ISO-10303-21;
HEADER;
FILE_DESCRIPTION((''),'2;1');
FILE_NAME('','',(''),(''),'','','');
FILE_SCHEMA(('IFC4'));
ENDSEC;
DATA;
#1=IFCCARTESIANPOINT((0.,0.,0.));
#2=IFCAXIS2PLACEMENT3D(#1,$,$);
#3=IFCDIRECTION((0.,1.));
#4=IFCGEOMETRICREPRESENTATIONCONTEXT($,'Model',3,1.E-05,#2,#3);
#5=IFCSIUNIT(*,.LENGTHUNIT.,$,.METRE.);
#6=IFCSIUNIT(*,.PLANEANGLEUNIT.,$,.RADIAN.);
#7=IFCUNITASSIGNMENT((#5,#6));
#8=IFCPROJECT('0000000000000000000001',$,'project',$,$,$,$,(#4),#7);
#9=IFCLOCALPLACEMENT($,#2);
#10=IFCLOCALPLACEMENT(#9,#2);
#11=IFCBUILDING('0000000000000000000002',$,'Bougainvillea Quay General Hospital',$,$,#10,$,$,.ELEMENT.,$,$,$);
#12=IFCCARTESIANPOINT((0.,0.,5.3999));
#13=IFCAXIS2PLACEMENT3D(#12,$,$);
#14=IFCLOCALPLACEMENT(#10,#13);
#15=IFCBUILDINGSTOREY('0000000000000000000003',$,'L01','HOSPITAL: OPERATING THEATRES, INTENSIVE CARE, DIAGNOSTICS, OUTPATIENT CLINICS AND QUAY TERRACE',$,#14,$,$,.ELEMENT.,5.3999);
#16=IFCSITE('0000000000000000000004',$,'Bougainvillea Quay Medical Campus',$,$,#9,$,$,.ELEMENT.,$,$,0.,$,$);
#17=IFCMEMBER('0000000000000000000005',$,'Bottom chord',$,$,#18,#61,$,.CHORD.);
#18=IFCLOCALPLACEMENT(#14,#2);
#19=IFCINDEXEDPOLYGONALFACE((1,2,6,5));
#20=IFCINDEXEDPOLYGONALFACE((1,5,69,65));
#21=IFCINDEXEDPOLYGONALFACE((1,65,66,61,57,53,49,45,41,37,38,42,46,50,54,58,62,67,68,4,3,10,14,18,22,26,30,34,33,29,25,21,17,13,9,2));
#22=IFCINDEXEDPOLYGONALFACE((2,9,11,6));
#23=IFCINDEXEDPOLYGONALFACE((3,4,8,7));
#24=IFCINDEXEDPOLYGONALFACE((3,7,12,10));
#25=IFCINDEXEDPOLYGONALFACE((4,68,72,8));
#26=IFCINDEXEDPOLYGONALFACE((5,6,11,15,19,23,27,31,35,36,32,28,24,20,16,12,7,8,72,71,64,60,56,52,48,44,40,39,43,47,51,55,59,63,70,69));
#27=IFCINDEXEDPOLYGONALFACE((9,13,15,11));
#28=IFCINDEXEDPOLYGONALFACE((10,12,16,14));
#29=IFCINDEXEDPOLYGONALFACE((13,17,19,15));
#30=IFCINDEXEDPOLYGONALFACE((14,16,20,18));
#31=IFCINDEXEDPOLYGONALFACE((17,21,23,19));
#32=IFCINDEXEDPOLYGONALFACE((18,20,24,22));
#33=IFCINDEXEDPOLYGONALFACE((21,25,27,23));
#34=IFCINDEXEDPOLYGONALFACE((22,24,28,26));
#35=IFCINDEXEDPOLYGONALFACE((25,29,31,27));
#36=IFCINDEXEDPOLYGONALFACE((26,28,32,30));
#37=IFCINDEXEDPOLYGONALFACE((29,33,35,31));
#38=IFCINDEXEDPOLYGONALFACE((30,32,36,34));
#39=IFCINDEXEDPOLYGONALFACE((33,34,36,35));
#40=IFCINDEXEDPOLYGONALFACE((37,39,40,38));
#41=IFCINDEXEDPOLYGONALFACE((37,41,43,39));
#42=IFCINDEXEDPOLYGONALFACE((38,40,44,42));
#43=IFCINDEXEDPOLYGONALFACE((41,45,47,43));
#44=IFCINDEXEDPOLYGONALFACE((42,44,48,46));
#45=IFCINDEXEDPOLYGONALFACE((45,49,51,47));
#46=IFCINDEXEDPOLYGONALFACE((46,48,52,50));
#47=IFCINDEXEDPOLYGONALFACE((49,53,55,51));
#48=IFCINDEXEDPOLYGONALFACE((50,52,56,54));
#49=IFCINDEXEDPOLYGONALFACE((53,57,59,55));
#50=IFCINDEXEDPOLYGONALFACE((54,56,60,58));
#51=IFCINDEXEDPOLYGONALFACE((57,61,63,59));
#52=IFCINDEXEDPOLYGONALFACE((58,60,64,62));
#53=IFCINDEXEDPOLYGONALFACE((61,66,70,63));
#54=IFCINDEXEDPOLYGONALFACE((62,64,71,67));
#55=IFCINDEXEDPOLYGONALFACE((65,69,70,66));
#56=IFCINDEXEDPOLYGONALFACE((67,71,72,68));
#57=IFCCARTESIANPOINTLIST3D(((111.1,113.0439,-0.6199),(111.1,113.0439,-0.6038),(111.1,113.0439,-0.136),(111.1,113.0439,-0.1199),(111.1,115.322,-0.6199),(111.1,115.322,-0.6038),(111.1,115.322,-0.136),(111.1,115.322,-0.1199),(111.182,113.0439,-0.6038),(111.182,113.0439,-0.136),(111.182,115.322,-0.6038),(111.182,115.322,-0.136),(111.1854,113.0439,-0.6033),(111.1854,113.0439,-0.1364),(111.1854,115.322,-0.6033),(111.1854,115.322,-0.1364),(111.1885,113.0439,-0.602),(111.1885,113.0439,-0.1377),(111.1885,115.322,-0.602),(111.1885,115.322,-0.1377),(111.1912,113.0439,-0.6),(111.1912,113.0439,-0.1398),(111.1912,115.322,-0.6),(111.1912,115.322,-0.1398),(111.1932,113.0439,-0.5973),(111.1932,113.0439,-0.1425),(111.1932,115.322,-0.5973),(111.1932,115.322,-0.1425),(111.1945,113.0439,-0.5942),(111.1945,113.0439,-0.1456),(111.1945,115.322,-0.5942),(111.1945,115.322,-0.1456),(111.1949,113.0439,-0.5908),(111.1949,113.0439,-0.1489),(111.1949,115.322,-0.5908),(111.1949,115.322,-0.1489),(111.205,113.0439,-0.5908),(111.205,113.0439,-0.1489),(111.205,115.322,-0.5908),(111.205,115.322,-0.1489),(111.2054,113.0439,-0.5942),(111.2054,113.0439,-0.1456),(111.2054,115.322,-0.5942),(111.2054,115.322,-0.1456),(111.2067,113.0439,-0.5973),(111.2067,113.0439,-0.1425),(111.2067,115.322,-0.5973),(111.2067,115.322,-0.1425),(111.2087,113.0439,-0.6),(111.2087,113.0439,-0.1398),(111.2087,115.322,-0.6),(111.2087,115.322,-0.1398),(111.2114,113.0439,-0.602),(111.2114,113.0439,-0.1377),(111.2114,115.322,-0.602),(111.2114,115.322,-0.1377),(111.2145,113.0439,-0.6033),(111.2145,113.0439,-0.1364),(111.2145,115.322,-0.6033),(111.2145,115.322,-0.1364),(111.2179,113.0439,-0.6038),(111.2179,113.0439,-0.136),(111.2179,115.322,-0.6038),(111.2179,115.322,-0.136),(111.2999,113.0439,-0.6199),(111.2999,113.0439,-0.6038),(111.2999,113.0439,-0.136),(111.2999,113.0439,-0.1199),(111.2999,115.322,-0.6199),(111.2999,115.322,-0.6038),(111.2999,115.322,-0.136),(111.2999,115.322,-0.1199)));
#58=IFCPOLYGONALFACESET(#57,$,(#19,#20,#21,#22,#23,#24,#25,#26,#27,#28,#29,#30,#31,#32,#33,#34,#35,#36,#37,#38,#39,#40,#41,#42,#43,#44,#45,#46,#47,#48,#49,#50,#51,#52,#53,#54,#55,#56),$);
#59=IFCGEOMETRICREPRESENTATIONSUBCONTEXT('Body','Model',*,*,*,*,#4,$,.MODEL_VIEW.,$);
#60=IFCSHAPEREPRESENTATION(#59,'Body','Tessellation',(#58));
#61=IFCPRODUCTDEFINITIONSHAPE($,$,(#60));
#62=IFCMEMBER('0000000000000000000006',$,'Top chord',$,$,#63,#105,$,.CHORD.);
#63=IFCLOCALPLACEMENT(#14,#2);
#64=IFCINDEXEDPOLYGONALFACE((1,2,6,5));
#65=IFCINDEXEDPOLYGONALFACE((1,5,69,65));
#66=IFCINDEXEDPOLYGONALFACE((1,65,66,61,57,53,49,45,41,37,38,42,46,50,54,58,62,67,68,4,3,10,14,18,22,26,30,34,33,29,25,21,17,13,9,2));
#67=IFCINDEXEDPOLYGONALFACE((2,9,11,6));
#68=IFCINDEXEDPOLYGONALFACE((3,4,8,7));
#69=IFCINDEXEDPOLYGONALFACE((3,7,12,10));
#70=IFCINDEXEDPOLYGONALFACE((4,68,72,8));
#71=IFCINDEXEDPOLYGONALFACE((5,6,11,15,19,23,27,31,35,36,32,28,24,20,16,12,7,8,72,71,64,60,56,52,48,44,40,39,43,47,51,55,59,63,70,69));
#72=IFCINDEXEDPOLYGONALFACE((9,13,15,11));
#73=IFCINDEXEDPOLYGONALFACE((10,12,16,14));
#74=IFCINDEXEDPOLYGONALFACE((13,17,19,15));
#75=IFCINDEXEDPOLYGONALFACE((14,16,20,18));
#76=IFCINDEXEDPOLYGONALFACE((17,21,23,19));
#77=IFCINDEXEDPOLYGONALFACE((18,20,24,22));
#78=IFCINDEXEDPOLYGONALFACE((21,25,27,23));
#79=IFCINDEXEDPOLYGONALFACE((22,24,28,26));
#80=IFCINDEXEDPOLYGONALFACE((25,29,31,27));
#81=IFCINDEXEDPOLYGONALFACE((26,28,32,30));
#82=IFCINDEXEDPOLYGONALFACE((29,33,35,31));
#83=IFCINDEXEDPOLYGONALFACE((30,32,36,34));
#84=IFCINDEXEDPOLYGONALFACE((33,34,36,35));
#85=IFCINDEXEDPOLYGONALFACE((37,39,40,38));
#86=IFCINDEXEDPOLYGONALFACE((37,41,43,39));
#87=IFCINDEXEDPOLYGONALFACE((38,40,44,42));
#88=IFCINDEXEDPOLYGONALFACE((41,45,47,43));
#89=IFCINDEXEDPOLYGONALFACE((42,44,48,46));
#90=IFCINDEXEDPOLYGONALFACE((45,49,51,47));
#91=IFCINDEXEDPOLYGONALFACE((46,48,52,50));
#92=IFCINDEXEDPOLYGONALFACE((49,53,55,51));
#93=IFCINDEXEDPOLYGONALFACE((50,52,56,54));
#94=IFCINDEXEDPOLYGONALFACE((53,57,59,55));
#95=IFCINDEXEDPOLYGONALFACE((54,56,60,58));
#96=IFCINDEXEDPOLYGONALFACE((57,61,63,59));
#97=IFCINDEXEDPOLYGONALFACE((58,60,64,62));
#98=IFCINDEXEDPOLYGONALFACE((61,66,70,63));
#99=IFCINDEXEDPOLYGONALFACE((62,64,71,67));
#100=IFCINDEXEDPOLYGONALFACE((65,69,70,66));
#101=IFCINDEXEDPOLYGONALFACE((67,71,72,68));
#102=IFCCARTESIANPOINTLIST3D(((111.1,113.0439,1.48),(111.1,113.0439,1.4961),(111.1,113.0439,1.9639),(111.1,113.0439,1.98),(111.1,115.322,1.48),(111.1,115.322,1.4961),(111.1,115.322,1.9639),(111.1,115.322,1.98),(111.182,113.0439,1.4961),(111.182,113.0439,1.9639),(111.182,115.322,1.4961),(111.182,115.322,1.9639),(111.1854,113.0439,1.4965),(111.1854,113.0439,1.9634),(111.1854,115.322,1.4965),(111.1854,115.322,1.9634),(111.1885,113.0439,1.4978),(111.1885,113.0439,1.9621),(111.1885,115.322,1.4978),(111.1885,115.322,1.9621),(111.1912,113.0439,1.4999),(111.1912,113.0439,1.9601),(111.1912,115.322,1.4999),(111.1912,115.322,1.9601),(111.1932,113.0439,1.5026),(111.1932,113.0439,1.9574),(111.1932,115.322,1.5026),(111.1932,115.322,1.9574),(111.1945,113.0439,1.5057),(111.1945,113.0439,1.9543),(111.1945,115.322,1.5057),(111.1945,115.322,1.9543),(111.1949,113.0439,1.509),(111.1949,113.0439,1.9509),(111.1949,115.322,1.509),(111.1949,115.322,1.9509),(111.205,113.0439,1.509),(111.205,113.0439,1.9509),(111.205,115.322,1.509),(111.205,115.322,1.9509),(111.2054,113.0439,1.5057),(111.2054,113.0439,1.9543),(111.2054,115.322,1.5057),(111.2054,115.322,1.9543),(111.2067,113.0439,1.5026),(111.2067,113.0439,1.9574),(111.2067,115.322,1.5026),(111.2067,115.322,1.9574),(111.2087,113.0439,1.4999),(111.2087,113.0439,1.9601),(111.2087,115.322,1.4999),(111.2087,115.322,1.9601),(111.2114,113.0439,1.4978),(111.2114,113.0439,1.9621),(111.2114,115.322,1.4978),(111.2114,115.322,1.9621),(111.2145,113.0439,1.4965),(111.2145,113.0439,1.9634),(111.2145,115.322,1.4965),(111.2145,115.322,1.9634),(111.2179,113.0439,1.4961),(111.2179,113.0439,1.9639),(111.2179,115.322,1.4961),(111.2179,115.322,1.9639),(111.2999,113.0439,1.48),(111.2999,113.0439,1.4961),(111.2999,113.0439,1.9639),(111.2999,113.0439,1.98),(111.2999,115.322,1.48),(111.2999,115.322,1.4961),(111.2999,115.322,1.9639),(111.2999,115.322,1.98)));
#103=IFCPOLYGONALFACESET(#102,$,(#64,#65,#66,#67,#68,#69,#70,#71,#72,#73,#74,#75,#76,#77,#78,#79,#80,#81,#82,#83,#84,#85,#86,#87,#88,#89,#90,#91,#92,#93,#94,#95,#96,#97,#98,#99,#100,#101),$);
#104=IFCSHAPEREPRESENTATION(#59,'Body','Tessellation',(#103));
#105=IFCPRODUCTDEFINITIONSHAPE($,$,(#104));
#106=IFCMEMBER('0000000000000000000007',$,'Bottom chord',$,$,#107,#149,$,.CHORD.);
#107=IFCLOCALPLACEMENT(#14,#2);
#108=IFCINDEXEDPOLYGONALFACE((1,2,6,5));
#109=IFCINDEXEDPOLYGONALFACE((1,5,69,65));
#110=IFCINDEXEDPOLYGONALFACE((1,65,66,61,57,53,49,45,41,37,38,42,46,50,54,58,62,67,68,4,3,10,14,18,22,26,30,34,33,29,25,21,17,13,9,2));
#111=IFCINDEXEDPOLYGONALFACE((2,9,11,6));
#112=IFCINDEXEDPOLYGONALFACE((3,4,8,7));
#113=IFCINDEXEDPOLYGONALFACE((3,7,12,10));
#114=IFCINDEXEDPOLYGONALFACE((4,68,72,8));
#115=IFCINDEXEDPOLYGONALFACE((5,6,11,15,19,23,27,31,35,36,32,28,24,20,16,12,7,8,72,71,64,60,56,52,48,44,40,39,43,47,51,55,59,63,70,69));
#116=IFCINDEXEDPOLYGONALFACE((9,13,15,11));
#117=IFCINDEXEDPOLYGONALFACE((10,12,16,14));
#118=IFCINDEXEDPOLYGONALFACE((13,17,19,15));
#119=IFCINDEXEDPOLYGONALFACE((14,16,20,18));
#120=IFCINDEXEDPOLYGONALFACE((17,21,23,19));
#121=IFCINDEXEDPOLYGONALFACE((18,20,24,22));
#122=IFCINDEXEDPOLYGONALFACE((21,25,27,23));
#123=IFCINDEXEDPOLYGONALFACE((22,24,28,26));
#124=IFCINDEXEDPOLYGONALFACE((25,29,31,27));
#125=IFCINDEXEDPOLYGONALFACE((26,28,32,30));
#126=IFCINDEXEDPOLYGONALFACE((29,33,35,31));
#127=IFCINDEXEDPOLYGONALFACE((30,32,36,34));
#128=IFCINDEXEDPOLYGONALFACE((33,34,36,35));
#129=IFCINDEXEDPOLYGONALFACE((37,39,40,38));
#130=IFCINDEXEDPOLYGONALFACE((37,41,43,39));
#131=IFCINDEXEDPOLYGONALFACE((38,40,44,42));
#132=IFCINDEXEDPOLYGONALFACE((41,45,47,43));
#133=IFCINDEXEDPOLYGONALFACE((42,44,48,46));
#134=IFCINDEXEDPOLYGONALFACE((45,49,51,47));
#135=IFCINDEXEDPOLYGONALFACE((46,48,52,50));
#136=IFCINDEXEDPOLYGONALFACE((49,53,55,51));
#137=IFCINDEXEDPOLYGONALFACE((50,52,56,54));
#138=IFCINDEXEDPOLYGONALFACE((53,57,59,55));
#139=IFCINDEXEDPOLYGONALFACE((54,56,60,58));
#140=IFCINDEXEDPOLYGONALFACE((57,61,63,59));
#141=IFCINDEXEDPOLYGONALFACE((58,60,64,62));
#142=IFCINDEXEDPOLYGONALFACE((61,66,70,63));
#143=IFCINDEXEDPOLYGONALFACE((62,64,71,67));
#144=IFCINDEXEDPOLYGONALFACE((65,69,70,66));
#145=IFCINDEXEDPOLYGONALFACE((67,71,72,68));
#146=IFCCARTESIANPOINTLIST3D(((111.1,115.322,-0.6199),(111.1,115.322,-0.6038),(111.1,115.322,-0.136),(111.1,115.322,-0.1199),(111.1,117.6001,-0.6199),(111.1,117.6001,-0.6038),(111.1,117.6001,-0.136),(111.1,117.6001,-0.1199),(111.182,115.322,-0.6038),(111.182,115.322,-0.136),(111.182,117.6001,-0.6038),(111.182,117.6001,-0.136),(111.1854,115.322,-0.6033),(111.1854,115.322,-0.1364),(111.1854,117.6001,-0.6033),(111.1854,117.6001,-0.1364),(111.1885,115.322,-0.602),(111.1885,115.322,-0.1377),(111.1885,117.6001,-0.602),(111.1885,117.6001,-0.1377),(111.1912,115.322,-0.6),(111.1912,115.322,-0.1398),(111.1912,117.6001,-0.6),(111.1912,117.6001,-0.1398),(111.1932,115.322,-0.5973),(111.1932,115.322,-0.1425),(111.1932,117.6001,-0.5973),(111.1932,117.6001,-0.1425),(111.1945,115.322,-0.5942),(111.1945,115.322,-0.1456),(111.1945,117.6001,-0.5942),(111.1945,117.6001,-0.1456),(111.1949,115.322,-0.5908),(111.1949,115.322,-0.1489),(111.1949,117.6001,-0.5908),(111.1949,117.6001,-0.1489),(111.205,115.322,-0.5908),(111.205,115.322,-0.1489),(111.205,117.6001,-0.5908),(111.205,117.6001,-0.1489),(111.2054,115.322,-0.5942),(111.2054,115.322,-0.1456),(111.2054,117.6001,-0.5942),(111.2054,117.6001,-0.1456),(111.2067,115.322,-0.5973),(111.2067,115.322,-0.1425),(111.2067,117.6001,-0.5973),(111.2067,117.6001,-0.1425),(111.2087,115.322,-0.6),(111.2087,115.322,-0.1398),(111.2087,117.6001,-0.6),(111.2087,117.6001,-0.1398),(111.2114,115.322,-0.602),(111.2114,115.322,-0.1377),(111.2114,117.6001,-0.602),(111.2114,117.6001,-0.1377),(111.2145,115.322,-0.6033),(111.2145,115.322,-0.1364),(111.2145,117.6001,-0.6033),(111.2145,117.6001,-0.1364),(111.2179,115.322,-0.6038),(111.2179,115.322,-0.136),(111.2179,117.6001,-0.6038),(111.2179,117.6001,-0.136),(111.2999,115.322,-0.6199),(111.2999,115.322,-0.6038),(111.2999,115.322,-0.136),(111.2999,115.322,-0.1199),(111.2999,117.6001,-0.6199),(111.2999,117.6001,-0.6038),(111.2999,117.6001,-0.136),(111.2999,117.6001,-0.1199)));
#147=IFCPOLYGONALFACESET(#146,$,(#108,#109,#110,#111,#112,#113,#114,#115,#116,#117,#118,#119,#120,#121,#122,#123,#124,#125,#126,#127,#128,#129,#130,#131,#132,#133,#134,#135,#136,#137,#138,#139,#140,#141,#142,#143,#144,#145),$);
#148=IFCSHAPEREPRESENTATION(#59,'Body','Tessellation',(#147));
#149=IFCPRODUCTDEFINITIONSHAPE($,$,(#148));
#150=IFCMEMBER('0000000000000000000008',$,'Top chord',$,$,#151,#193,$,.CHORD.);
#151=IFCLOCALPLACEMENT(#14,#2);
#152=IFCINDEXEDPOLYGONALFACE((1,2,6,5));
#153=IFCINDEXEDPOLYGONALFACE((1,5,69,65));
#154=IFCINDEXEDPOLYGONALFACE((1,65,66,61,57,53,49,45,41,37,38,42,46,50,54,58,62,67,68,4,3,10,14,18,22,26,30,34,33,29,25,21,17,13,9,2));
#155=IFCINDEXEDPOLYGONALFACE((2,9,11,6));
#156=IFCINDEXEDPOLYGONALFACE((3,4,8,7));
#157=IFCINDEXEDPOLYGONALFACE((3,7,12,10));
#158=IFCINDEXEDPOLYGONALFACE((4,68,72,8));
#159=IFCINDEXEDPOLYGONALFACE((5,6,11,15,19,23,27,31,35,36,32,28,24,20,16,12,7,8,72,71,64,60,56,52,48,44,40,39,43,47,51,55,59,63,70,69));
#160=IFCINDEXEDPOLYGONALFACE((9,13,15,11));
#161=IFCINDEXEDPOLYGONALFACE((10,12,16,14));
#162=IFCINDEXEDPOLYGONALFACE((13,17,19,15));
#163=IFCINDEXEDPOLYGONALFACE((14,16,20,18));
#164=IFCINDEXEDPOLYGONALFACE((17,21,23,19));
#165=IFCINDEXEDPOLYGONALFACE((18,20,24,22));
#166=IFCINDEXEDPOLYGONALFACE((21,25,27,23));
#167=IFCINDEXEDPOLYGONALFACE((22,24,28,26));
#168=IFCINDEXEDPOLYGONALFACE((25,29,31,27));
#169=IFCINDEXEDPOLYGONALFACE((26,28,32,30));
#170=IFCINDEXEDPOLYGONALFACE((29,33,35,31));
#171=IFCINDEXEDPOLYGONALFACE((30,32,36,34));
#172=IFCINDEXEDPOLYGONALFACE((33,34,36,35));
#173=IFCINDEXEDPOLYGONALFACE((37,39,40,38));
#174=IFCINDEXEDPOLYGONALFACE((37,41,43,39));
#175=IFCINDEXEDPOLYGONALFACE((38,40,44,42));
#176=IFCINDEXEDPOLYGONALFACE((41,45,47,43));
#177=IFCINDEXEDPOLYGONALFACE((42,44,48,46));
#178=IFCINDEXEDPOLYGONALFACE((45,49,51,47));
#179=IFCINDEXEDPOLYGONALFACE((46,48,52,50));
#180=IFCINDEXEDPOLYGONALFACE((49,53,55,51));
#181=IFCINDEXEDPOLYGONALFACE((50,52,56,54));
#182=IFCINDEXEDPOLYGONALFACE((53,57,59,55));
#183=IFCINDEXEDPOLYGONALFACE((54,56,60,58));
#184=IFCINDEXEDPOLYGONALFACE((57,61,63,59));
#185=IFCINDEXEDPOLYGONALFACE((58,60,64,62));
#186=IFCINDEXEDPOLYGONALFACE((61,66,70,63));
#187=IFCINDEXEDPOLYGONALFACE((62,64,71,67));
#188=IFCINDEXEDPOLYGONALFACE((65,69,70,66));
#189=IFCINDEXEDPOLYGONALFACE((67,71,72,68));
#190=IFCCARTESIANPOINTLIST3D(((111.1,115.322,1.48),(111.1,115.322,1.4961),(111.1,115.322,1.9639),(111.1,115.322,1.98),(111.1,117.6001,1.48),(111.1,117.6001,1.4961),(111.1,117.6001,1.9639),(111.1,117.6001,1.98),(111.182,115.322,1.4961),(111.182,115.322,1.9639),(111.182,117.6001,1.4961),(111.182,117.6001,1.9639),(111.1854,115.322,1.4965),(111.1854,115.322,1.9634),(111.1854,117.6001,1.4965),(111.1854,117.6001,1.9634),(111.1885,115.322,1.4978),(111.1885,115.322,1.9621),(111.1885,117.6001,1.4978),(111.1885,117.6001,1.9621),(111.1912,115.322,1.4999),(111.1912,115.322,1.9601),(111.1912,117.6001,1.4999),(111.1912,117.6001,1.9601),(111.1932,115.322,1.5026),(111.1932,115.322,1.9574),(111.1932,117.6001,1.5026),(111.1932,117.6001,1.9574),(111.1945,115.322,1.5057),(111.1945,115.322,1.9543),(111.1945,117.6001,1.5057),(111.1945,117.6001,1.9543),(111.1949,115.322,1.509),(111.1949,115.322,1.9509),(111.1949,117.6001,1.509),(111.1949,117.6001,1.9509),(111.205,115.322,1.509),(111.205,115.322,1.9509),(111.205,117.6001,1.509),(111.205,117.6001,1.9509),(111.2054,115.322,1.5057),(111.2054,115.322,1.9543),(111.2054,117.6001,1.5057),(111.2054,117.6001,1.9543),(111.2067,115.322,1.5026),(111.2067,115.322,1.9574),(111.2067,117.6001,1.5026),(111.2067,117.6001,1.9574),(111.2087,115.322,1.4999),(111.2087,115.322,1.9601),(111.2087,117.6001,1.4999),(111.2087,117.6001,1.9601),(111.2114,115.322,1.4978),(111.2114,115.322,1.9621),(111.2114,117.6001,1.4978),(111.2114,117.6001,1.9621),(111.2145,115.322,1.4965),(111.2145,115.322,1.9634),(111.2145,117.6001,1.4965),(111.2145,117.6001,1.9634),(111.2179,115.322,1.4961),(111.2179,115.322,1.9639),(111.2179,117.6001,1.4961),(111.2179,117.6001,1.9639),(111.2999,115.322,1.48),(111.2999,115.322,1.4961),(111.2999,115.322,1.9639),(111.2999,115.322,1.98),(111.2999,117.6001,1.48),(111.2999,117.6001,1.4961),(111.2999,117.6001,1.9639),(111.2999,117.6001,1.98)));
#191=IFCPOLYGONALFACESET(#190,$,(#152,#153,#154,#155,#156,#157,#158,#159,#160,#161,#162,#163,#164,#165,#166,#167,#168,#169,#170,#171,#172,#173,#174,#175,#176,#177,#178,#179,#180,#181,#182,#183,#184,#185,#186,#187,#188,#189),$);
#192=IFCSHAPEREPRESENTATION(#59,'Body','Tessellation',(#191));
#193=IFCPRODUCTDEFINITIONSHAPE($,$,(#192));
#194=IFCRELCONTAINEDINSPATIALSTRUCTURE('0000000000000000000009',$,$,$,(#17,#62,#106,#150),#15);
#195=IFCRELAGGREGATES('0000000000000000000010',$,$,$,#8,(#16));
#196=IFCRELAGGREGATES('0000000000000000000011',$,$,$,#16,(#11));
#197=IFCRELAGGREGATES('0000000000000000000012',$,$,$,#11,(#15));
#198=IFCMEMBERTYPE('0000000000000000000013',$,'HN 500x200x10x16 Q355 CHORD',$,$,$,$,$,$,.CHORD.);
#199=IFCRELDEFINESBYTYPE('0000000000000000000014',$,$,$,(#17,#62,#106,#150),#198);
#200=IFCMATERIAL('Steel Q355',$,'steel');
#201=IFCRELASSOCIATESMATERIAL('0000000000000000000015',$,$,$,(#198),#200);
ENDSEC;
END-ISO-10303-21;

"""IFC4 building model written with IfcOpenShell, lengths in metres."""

from ifc_helpers import new_model, si_unit, direction, frame, origin, origin_2d, place, context, subcontext, project, spatial, i_section, extrude, material, material_profile, profile_set, type_object, element, save


model = new_model("IFC4")

# Units and contexts
model_context = context("Model", 3, precision=1e-05, world=origin(), true_north=direction((0.0, 1.0)))
body_context = subcontext(model_context, "Body", "Model", "MODEL_VIEW")
ifc_project = project(units=[si_unit("LENGTHUNIT", "METRE"), si_unit("PLANEANGLEUNIT", "RADIAN")], contexts=[model_context])

# Site, building, storey
site_placement = place(None, origin())
site = spatial("IfcSite", under=ifc_project, at=site_placement, Name="Bougainvillea Quay Medical Campus", CompositionType="ELEMENT", RefElevation=0.0)
building_placement = place(site_placement, origin())
building = spatial("IfcBuilding", under=site, at=building_placement, Name="Bougainvillea Quay General Hospital", CompositionType="ELEMENT")
storey_placement = place(building_placement, frame((0.0, 0.0, 5.3999)))
storey = spatial("IfcBuildingStorey", under=building, at=storey_placement, Name="L01", Description="HOSPITAL: OPERATING THEATRES, INTENSIVE CARE, DIAGNOSTICS, OUTPATIENT CLINICS AND QUAY TERRACE", CompositionType="ELEMENT", Elevation=5.3999)

# Members
ifc_material_1 = material(Name="Steel Q355", Category="steel")
ifc_material_profile_1 = material_profile(ifc_material_1, i_section(OverallWidth=0.2, OverallDepth=0.5, WebThickness=0.01, FlangeThickness=0.0161, FilletRadius=0.0129, at=origin_2d()))
ifc_profile_set_1 = profile_set([ifc_material_profile_1], Name="Steel Q355")
member_type_1 = type_object("IfcMemberType", Name="HN 500x200x10x16 Q355 CHORD", PredefinedType="CHORD", material=ifc_profile_set_1)
for number, where, z_axis, x_axis, name in (
    (1, (111.2, 113.0439, -0.3699), (0.0, 1.0, 0.0), (-1.0, 0.0, 0.0), "Bottom chord"),
    (2, (111.2, 113.0439, 1.73), (0.0, 1.0, 0.0), (-1.0, 0.0, 0.0), "Top chord"),
    (3, (111.2, 115.322, -0.3699), (0.0, 1.0, 0.0), (-1.0, 0.0, 0.0), "Bottom chord"),
    (4, (111.2, 115.322, 1.73), (0.0, 1.0, 0.0), (-1.0, 0.0, 0.0), "Top chord"),
):
    element("IfcMember", number, at=place(storey_placement, frame(where, z_axis=z_axis, x_axis=x_axis)), inside=storey, type_object=member_type_1, Name=name, PredefinedType="CHORD", context=body_context, shape_type="SweptSolid", body=[
        extrude(i_section(OverallWidth=0.2, OverallDepth=0.5, WebThickness=0.01, FlangeThickness=0.0161, FilletRadius=0.0129, at=origin_2d()), origin(), (0.0, 0.0, 1.0), 2.2781),
    ])

save(model, "model.ifc")
